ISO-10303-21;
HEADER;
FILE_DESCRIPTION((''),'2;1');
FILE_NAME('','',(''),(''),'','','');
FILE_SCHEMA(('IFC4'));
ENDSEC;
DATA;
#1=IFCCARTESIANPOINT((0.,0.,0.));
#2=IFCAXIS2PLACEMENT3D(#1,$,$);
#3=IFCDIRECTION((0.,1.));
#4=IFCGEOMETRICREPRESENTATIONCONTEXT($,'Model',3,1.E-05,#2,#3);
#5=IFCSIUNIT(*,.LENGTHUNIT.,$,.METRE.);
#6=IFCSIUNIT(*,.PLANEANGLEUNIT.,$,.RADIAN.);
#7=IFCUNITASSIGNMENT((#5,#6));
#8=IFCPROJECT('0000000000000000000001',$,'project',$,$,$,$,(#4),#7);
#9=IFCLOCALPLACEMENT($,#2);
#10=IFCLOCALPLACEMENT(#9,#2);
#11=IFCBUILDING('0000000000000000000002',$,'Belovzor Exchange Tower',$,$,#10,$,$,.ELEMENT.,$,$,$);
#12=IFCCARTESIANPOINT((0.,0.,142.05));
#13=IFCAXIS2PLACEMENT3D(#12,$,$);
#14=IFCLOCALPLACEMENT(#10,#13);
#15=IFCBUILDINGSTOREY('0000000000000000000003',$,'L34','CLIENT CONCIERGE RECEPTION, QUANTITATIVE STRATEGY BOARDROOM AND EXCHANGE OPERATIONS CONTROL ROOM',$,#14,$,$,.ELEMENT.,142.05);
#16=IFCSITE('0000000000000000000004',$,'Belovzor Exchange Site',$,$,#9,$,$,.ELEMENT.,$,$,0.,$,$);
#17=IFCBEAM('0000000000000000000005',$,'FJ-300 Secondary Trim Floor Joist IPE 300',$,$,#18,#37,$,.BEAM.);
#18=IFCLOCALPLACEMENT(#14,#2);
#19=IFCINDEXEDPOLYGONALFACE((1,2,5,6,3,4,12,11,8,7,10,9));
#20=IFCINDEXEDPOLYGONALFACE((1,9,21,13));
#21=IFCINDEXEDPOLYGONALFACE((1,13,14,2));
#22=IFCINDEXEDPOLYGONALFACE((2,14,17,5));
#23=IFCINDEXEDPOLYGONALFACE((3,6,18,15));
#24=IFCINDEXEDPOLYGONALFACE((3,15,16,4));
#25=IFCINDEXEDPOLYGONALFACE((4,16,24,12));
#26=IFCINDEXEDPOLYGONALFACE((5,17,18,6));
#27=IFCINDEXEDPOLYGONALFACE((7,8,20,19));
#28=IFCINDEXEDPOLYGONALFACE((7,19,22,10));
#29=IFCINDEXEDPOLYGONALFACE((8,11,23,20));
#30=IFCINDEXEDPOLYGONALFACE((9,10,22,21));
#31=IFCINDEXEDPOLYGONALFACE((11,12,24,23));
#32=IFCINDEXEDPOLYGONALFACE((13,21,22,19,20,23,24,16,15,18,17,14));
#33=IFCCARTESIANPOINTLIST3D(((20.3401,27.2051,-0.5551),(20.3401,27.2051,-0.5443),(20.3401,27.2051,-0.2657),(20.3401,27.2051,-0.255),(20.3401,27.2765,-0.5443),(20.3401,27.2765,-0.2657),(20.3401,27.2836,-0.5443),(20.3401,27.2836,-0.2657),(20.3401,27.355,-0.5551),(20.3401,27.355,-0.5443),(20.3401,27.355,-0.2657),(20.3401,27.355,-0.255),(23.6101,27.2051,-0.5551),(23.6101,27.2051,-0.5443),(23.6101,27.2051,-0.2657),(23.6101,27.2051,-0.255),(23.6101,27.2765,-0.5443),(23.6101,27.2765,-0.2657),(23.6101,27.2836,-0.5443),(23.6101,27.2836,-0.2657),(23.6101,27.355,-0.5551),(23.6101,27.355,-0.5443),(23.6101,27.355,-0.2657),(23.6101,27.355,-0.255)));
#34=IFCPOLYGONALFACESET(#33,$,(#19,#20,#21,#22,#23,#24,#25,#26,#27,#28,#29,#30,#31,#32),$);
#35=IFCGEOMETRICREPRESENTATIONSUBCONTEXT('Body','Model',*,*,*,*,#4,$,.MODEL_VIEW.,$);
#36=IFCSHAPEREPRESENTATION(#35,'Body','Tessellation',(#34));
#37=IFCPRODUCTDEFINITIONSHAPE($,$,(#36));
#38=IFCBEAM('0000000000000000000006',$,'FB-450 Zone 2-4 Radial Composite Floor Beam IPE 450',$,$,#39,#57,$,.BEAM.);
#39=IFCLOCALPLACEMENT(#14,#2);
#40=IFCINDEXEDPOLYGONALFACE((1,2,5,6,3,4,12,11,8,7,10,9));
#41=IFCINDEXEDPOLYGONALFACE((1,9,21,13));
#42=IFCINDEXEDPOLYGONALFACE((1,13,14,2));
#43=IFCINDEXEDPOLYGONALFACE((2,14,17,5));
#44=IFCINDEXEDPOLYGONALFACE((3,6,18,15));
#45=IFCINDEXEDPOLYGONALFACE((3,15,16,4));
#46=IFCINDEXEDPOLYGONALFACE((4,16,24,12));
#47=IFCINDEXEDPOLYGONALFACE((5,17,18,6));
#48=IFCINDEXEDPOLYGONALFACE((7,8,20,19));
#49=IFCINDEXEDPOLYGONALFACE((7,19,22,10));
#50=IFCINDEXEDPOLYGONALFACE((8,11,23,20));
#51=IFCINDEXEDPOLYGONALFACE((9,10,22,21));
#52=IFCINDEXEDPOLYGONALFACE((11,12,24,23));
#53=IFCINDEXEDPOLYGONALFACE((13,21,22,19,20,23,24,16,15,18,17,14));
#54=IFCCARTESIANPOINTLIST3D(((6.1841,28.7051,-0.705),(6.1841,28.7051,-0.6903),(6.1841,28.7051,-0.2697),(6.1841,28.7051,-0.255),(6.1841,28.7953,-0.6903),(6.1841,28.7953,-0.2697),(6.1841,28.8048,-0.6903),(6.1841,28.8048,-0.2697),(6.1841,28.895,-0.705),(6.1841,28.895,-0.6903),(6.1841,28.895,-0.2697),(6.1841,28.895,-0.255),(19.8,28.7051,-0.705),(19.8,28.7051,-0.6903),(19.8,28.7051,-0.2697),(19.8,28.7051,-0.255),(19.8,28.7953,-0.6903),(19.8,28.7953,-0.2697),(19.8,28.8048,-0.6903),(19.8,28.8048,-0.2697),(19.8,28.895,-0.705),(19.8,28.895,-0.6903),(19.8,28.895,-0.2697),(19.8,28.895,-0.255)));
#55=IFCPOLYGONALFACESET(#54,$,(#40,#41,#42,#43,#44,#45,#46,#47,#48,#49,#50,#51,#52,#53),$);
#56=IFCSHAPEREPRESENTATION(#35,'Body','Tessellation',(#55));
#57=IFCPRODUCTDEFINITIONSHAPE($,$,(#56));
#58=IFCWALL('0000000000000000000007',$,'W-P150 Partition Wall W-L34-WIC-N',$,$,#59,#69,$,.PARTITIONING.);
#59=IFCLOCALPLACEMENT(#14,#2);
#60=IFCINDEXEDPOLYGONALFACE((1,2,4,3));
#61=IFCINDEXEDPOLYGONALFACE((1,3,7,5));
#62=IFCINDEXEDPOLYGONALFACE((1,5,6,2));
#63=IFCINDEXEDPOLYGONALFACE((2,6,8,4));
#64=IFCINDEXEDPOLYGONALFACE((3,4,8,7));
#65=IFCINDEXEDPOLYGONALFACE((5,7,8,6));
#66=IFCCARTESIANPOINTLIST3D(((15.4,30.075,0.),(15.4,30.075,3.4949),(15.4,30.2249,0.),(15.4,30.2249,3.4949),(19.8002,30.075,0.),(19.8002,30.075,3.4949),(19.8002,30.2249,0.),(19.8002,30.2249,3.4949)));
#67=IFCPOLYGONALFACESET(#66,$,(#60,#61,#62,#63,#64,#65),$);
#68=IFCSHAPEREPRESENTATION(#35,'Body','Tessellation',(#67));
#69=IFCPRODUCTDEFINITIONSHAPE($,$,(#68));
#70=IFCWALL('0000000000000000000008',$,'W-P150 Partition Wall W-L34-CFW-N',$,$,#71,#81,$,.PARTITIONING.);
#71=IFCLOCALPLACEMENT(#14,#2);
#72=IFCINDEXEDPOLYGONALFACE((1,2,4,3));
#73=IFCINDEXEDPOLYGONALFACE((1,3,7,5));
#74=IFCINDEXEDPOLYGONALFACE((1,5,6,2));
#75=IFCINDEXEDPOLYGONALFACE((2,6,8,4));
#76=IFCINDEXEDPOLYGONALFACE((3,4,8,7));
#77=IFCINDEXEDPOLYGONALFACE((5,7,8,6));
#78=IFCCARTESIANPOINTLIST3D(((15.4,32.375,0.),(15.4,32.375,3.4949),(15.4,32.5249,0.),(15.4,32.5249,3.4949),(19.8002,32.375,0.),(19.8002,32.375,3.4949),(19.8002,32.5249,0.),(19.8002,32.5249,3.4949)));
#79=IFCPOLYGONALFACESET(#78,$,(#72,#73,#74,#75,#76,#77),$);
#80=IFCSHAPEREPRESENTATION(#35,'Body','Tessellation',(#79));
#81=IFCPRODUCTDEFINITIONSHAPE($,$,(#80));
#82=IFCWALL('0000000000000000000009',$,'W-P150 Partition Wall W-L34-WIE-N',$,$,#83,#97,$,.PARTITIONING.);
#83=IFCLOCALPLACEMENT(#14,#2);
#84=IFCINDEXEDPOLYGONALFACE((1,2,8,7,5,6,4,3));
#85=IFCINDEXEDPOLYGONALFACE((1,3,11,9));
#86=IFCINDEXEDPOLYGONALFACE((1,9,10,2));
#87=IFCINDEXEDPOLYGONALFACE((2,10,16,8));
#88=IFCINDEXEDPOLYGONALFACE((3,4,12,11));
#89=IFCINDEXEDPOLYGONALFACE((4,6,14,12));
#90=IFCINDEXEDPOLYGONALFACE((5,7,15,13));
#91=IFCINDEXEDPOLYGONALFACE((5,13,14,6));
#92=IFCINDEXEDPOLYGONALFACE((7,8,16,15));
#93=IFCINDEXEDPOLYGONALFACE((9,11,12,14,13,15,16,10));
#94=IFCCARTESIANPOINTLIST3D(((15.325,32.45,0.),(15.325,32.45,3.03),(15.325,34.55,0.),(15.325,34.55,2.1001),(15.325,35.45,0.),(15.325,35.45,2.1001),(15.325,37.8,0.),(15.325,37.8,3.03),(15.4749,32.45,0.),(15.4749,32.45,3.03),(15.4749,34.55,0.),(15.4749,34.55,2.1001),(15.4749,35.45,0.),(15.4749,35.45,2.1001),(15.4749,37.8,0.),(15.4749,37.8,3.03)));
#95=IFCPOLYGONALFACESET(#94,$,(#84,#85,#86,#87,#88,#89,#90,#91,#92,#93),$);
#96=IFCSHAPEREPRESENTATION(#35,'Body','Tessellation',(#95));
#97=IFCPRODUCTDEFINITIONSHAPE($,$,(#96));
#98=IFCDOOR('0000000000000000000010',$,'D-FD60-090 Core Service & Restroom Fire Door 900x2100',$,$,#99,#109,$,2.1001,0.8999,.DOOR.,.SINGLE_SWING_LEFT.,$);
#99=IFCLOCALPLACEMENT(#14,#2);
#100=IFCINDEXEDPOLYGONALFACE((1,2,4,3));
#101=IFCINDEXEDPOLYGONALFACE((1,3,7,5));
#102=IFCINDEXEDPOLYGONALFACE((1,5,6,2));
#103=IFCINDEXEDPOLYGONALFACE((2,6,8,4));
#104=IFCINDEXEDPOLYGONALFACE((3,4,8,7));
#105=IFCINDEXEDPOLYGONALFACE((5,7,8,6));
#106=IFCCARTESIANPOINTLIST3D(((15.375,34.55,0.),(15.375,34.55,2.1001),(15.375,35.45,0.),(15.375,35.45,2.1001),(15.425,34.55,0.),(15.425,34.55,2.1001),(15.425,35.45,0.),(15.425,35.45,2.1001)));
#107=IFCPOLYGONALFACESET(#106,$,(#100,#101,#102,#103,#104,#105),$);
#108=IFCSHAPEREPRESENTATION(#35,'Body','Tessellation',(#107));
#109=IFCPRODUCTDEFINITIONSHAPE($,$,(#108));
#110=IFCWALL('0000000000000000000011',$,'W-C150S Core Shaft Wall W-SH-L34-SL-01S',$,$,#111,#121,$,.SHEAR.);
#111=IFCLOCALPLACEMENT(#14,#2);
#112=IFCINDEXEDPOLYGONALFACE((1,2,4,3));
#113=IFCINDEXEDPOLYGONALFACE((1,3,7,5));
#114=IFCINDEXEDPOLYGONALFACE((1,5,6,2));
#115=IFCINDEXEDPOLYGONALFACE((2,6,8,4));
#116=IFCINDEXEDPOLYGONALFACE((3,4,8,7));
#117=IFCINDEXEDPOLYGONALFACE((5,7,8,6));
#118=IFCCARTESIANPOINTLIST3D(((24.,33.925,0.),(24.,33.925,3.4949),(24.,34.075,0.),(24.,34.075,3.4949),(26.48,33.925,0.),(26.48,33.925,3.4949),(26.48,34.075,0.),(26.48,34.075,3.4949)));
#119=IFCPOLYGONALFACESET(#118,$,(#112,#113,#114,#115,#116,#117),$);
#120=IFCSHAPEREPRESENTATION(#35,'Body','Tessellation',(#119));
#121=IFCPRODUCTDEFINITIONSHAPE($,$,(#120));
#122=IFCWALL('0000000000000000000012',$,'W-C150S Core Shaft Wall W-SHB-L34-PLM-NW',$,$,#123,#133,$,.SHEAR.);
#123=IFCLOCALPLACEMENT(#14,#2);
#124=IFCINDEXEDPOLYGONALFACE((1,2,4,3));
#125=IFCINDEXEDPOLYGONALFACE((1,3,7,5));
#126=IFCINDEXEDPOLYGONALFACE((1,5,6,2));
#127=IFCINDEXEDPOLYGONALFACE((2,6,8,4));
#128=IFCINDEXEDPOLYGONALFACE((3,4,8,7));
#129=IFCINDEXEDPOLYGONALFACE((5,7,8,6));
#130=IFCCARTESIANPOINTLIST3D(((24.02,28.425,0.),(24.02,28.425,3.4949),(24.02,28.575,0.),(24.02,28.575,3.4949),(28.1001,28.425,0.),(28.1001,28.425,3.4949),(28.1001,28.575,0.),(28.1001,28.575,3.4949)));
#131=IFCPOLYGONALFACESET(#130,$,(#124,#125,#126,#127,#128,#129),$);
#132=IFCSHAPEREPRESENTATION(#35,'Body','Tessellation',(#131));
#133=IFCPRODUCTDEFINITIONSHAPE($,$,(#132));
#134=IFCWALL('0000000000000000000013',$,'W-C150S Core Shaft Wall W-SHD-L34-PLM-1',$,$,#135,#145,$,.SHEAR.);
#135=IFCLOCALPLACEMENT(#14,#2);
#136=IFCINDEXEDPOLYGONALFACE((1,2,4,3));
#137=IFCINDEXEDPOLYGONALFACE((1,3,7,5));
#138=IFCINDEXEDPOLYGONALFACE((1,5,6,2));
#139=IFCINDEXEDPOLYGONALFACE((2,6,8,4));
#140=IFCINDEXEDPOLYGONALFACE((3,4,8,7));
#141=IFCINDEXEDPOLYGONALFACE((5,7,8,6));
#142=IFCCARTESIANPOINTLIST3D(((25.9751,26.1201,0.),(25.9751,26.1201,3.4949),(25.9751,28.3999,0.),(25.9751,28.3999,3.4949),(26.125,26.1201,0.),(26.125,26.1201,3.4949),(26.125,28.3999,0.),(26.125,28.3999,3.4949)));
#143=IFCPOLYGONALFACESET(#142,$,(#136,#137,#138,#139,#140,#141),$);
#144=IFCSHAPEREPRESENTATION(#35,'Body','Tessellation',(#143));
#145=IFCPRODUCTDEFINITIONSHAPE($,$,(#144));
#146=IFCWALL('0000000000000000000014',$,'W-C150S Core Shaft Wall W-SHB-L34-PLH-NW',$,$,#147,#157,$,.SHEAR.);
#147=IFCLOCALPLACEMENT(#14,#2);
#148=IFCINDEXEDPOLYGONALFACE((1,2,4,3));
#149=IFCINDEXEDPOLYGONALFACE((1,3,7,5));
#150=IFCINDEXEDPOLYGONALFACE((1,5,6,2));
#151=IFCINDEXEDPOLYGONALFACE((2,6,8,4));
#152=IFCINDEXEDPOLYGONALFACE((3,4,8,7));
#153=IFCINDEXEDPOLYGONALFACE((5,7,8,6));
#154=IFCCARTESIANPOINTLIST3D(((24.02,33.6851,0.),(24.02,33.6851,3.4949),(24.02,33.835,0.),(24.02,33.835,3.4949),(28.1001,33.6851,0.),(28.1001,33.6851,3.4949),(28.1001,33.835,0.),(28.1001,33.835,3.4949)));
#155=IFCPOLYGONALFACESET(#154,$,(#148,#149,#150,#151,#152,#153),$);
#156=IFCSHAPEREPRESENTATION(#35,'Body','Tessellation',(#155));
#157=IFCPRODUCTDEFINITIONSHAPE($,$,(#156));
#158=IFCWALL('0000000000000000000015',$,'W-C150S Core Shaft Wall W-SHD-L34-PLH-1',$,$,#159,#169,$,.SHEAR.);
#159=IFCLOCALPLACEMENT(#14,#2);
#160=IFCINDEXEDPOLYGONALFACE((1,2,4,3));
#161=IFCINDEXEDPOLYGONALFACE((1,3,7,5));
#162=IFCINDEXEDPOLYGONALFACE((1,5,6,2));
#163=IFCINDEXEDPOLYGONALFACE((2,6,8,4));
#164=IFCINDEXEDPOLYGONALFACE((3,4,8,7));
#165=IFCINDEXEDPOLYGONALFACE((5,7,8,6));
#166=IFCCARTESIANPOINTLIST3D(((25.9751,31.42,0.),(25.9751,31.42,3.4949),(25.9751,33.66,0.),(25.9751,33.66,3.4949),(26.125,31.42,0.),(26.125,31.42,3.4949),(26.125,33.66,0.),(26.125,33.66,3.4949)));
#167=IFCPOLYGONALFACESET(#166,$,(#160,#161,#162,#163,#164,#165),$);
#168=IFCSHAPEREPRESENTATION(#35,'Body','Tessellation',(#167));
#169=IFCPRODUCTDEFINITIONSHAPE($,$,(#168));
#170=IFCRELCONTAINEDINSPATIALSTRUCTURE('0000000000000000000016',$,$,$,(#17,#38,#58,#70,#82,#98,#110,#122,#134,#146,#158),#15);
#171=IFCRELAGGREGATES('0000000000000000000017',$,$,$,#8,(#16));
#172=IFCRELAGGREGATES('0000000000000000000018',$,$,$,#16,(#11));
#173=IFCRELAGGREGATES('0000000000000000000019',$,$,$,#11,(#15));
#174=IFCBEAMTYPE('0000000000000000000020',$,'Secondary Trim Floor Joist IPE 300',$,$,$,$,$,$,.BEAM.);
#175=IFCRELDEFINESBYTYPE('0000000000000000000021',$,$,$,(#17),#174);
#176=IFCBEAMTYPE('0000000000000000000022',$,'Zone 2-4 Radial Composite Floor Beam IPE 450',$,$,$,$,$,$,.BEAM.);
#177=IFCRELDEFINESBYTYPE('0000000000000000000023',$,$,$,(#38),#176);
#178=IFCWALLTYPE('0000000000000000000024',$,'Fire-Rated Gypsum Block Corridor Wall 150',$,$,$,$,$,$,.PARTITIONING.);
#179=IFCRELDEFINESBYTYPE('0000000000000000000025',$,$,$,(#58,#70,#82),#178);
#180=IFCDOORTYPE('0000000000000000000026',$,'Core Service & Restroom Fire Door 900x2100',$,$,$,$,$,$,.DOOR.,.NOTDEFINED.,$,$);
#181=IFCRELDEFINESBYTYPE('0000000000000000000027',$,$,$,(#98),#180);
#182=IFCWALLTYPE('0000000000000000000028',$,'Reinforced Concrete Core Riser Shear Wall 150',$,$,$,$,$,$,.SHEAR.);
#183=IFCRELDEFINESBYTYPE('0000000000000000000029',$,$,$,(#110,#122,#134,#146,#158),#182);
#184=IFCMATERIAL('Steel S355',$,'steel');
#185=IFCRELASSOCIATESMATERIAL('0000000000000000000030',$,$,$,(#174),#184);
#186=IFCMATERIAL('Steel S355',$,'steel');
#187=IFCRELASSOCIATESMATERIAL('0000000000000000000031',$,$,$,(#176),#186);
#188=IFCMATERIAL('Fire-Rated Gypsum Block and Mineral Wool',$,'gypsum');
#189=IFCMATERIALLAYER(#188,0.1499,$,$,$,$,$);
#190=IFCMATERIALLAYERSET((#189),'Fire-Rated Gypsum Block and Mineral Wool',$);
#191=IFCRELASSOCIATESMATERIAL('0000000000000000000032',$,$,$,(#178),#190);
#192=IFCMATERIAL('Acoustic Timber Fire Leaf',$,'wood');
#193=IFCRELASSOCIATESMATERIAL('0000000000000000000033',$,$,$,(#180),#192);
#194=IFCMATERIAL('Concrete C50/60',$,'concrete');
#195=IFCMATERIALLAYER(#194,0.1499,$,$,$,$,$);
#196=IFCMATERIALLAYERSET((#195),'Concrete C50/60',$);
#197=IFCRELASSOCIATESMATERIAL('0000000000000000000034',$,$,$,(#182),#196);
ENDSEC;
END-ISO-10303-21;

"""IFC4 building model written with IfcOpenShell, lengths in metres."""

from ifc_helpers import new_model, si_unit, direction, frame, frame_2d, origin, origin_2d, place, context, subcontext, project, spatial, rectangle, i_section, extrude, material, layer, layer_set, material_profile, profile_set, type_object, element, fill, save


model = new_model("IFC4")

# Units and contexts
model_context = context("Model", 3, precision=1e-05, world=origin(), true_north=direction((0.0, 1.0)))
body_context = subcontext(model_context, "Body", "Model", "MODEL_VIEW")
ifc_project = project(units=[si_unit("LENGTHUNIT", "METRE"), si_unit("PLANEANGLEUNIT", "RADIAN")], contexts=[model_context])

# Site, building, storey
site_placement = place(None, origin())
site = spatial("IfcSite", under=ifc_project, at=site_placement, Name="Belovzor Exchange Site", CompositionType="ELEMENT", RefElevation=0.0)
building_placement = place(site_placement, origin())
building = spatial("IfcBuilding", under=site, at=building_placement, Name="Belovzor Exchange Tower", CompositionType="ELEMENT")
storey_placement = place(building_placement, frame((0.0, 0.0, 142.05)))
storey = spatial("IfcBuildingStorey", under=building, at=storey_placement, Name="L34", Description="CLIENT CONCIERGE RECEPTION, QUANTITATIVE STRATEGY BOARDROOM AND EXCHANGE OPERATIONS CONTROL ROOM", CompositionType="ELEMENT", Elevation=142.05)

# Beams
ifc_material_1 = material(Name="Steel S355", Category="steel")
ifc_material_profile_1 = material_profile(ifc_material_1, i_section(OverallWidth=0.1499, OverallDepth=0.3, WebThickness=0.0071, FlangeThickness=0.0107, at=origin_2d()))
ifc_profile_set_1 = profile_set([ifc_material_profile_1], Name="Steel S355")
beam_type_1 = type_object("IfcBeamType", Name="Secondary Trim Floor Joist IPE 300", PredefinedType="BEAM", material=ifc_profile_set_1)
beam_1_placement = place(storey_placement, frame((20.3401, 27.28, -0.405), z_axis=(1.0, 0.0, 0.0), x_axis=(0.0, 1.0, 0.0)))
element("IfcBeam", 1, at=beam_1_placement, inside=storey, type_object=beam_type_1, Name="FJ-300 Secondary Trim Floor Joist IPE 300", PredefinedType="BEAM", context=body_context, shape_type="SweptSolid", body=[
    extrude(i_section(OverallWidth=0.1499, OverallDepth=0.3, WebThickness=0.0071, FlangeThickness=0.0107, at=origin_2d()), origin(), (0.0, 0.0, 1.0), 3.27),
])
ifc_material_2 = material(Name="Steel S355", Category="steel")
ifc_material_profile_2 = material_profile(ifc_material_2, i_section(OverallWidth=0.1899, OverallDepth=0.45, WebThickness=0.0095, FlangeThickness=0.0146, at=origin_2d()))
ifc_profile_set_2 = profile_set([ifc_material_profile_2], Name="Steel S355")
beam_type_2 = type_object("IfcBeamType", Name="Zone 2-4 Radial Composite Floor Beam IPE 450", PredefinedType="BEAM", material=ifc_profile_set_2)
beam_2_placement = place(storey_placement, frame((19.8, 28.8, -0.48), z_axis=(-1.0, 0.0, 0.0), x_axis=(0.0, -1.0, 0.0)))
element("IfcBeam", 2, at=beam_2_placement, inside=storey, type_object=beam_type_2, Name="FB-450 Zone 2-4 Radial Composite Floor Beam IPE 450", PredefinedType="BEAM", context=body_context, shape_type="SweptSolid", body=[
    extrude(i_section(OverallWidth=0.1899, OverallDepth=0.45, WebThickness=0.0095, FlangeThickness=0.0146, at=origin_2d()), origin(), (0.0, 0.0, 1.0), 13.616),
])

# Walls
ifc_material_3 = material(Name="Fire-Rated Gypsum Block and Mineral Wool", Category="gypsum")
ifc_layer_1 = layer(ifc_material_3, 0.1499)
ifc_layer_set_1 = layer_set([ifc_layer_1], Name="Fire-Rated Gypsum Block and Mineral Wool")
wall_type_1 = type_object("IfcWallType", Name="Fire-Rated Gypsum Block Corridor Wall 150", PredefinedType="PARTITIONING", material=ifc_layer_set_1)
for number, where, z_axis, x_axis, name in (
    (3, (15.3999, 30.1499, 0.0), (0.0, 0.0, 1.0), (1.0, 0.0, 0.0), "W-P150 Partition Wall W-L34-WIC-N"),
    (4, (15.3999, 32.45, 0.0), (0.0, 0.0, 1.0), (1.0, 0.0, 0.0), "W-P150 Partition Wall W-L34-CFW-N"),
):
    element("IfcWall", number, at=place(storey_placement, frame(where, z_axis=z_axis, x_axis=x_axis)), inside=storey, type_object=wall_type_1, Name=name, PredefinedType="PARTITIONING", context=body_context, shape_type="SweptSolid", body=[
        extrude(rectangle(XDim=4.4001, YDim=0.1499, at=frame_2d((2.2002, 0.0))), origin(), (0.0, 0.0, 1.0), 3.4949),
    ])

# Wall, opening, door
wall_1_placement = place(storey_placement, frame((15.3999, 32.45, 0.0), z_axis=(0.0, 0.0, 1.0), x_axis=(0.0, 1.0, 0.0)))
wall_1 = element("IfcWall", 5, at=wall_1_placement, inside=storey, type_object=wall_type_1, Name="W-P150 Partition Wall W-L34-WIE-N", PredefinedType="PARTITIONING", context=body_context, shape_type="SweptSolid", body=[
    extrude(rectangle(XDim=5.3501, YDim=0.1499, at=frame_2d((2.675, 0.0))), origin(), (0.0, 0.0, 1.0), 3.03),
])
opening_1_placement = place(wall_1_placement, frame((2.1001, 0.0, 0.0)))
opening_1 = element("IfcOpeningElement", 6, at=opening_1_placement, cuts=wall_1, PredefinedType="OPENING", context=body_context, shape_type="SweptSolid", body=[
    extrude(rectangle(XDim=0.8999, YDim=2.1001, at=frame_2d((0.45, 1.05))), frame((0.0, 0.085, 0.0), z_axis=(0.0, -1.0, 0.0), x_axis=(1.0, 0.0, 0.0)), (0.0, 0.0, 1.0), 0.1699),
])
ifc_material_4 = material(Name="Acoustic Timber Fire Leaf", Category="wood")
door_type_1 = type_object("IfcDoorType", Name="Core Service & Restroom Fire Door 900x2100", OperationType="NOTDEFINED", PredefinedType="DOOR", material=ifc_material_4)
door_1_placement = place(opening_1_placement, origin())
door_1 = element("IfcDoor", 7, at=door_1_placement, inside=storey, type_object=door_type_1, Name="D-FD60-090 Core Service & Restroom Fire Door 900x2100", OperationType="SINGLE_SWING_LEFT", OverallHeight=2.1001, OverallWidth=0.8999, PredefinedType="DOOR", context=body_context, shape_type="SweptSolid", body=[
    extrude(rectangle(XDim=0.8999, YDim=2.1001, at=frame_2d((0.45, 1.05))), frame((0.0, 0.0249, 0.0), z_axis=(0.0, -1.0, 0.0), x_axis=(1.0, 0.0, 0.0)), (0.0, 0.0, 1.0), 0.05),
])
fill(opening_1, door_1)

# Walls
ifc_material_5 = material(Name="Concrete C50/60", Category="concrete")
ifc_layer_2 = layer(ifc_material_5, 0.1499)
ifc_layer_set_2 = layer_set([ifc_layer_2], Name="Concrete C50/60")
wall_type_2 = type_object("IfcWallType", Name="Reinforced Concrete Core Riser Shear Wall 150", PredefinedType="SHEAR", material=ifc_layer_set_2)
wall_2_placement = place(storey_placement, frame((24.0, 34.0, 0.0), z_axis=(0.0, 0.0, 1.0), x_axis=(1.0, 0.0, 0.0)))
element("IfcWall", 8, at=wall_2_placement, inside=storey, type_object=wall_type_2, Name="W-C150S Core Shaft Wall W-SH-L34-SL-01S", PredefinedType="SHEAR", context=body_context, shape_type="SweptSolid", body=[
    extrude(rectangle(XDim=2.48, YDim=0.1499, at=frame_2d((1.24, 0.0))), origin(), (0.0, 0.0, 1.0), 3.4949),
])
wall_3_placement = place(storey_placement, frame((24.02, 28.5, 0.0), z_axis=(0.0, 0.0, 1.0), x_axis=(1.0, 0.0, 0.0)))
element("IfcWall", 9, at=wall_3_placement, inside=storey, type_object=wall_type_2, Name="W-C150S Core Shaft Wall W-SHB-L34-PLM-NW", PredefinedType="SHEAR", context=body_context, shape_type="SweptSolid", body=[
    extrude(rectangle(XDim=4.0801, YDim=0.1499, at=frame_2d((2.04, 0.0))), origin(), (0.0, 0.0, 1.0), 3.4949),
])
wall_4_placement = place(storey_placement, frame((26.05, 26.1201, 0.0), z_axis=(0.0, 0.0, 1.0), x_axis=(0.0, 1.0, 0.0)))
element("IfcWall", 10, at=wall_4_placement, inside=storey, type_object=wall_type_2, Name="W-C150S Core Shaft Wall W-SHD-L34-PLM-1", PredefinedType="SHEAR", context=body_context, shape_type="SweptSolid", body=[
    extrude(rectangle(XDim=2.2798, YDim=0.1499, at=frame_2d((1.1399, 0.0))), origin(), (0.0, 0.0, 1.0), 3.4949),
])
wall_5_placement = place(storey_placement, frame((24.02, 33.76, 0.0), z_axis=(0.0, 0.0, 1.0), x_axis=(1.0, 0.0, 0.0)))
element("IfcWall", 11, at=wall_5_placement, inside=storey, type_object=wall_type_2, Name="W-C150S Core Shaft Wall W-SHB-L34-PLH-NW", PredefinedType="SHEAR", context=body_context, shape_type="SweptSolid", body=[
    extrude(rectangle(XDim=4.0801, YDim=0.1499, at=frame_2d((2.04, 0.0))), origin(), (0.0, 0.0, 1.0), 3.4949),
])
wall_6_placement = place(storey_placement, frame((26.05, 31.4199, 0.0), z_axis=(0.0, 0.0, 1.0), x_axis=(0.0, 1.0, 0.0)))
element("IfcWall", 12, at=wall_6_placement, inside=storey, type_object=wall_type_2, Name="W-C150S Core Shaft Wall W-SHD-L34-PLH-1", PredefinedType="SHEAR", context=body_context, shape_type="SweptSolid", body=[
    extrude(rectangle(XDim=2.24, YDim=0.1499, at=frame_2d((1.1201, 0.0))), origin(), (0.0, 0.0, 1.0), 3.4949),
])

save(model, "model.ifc")
